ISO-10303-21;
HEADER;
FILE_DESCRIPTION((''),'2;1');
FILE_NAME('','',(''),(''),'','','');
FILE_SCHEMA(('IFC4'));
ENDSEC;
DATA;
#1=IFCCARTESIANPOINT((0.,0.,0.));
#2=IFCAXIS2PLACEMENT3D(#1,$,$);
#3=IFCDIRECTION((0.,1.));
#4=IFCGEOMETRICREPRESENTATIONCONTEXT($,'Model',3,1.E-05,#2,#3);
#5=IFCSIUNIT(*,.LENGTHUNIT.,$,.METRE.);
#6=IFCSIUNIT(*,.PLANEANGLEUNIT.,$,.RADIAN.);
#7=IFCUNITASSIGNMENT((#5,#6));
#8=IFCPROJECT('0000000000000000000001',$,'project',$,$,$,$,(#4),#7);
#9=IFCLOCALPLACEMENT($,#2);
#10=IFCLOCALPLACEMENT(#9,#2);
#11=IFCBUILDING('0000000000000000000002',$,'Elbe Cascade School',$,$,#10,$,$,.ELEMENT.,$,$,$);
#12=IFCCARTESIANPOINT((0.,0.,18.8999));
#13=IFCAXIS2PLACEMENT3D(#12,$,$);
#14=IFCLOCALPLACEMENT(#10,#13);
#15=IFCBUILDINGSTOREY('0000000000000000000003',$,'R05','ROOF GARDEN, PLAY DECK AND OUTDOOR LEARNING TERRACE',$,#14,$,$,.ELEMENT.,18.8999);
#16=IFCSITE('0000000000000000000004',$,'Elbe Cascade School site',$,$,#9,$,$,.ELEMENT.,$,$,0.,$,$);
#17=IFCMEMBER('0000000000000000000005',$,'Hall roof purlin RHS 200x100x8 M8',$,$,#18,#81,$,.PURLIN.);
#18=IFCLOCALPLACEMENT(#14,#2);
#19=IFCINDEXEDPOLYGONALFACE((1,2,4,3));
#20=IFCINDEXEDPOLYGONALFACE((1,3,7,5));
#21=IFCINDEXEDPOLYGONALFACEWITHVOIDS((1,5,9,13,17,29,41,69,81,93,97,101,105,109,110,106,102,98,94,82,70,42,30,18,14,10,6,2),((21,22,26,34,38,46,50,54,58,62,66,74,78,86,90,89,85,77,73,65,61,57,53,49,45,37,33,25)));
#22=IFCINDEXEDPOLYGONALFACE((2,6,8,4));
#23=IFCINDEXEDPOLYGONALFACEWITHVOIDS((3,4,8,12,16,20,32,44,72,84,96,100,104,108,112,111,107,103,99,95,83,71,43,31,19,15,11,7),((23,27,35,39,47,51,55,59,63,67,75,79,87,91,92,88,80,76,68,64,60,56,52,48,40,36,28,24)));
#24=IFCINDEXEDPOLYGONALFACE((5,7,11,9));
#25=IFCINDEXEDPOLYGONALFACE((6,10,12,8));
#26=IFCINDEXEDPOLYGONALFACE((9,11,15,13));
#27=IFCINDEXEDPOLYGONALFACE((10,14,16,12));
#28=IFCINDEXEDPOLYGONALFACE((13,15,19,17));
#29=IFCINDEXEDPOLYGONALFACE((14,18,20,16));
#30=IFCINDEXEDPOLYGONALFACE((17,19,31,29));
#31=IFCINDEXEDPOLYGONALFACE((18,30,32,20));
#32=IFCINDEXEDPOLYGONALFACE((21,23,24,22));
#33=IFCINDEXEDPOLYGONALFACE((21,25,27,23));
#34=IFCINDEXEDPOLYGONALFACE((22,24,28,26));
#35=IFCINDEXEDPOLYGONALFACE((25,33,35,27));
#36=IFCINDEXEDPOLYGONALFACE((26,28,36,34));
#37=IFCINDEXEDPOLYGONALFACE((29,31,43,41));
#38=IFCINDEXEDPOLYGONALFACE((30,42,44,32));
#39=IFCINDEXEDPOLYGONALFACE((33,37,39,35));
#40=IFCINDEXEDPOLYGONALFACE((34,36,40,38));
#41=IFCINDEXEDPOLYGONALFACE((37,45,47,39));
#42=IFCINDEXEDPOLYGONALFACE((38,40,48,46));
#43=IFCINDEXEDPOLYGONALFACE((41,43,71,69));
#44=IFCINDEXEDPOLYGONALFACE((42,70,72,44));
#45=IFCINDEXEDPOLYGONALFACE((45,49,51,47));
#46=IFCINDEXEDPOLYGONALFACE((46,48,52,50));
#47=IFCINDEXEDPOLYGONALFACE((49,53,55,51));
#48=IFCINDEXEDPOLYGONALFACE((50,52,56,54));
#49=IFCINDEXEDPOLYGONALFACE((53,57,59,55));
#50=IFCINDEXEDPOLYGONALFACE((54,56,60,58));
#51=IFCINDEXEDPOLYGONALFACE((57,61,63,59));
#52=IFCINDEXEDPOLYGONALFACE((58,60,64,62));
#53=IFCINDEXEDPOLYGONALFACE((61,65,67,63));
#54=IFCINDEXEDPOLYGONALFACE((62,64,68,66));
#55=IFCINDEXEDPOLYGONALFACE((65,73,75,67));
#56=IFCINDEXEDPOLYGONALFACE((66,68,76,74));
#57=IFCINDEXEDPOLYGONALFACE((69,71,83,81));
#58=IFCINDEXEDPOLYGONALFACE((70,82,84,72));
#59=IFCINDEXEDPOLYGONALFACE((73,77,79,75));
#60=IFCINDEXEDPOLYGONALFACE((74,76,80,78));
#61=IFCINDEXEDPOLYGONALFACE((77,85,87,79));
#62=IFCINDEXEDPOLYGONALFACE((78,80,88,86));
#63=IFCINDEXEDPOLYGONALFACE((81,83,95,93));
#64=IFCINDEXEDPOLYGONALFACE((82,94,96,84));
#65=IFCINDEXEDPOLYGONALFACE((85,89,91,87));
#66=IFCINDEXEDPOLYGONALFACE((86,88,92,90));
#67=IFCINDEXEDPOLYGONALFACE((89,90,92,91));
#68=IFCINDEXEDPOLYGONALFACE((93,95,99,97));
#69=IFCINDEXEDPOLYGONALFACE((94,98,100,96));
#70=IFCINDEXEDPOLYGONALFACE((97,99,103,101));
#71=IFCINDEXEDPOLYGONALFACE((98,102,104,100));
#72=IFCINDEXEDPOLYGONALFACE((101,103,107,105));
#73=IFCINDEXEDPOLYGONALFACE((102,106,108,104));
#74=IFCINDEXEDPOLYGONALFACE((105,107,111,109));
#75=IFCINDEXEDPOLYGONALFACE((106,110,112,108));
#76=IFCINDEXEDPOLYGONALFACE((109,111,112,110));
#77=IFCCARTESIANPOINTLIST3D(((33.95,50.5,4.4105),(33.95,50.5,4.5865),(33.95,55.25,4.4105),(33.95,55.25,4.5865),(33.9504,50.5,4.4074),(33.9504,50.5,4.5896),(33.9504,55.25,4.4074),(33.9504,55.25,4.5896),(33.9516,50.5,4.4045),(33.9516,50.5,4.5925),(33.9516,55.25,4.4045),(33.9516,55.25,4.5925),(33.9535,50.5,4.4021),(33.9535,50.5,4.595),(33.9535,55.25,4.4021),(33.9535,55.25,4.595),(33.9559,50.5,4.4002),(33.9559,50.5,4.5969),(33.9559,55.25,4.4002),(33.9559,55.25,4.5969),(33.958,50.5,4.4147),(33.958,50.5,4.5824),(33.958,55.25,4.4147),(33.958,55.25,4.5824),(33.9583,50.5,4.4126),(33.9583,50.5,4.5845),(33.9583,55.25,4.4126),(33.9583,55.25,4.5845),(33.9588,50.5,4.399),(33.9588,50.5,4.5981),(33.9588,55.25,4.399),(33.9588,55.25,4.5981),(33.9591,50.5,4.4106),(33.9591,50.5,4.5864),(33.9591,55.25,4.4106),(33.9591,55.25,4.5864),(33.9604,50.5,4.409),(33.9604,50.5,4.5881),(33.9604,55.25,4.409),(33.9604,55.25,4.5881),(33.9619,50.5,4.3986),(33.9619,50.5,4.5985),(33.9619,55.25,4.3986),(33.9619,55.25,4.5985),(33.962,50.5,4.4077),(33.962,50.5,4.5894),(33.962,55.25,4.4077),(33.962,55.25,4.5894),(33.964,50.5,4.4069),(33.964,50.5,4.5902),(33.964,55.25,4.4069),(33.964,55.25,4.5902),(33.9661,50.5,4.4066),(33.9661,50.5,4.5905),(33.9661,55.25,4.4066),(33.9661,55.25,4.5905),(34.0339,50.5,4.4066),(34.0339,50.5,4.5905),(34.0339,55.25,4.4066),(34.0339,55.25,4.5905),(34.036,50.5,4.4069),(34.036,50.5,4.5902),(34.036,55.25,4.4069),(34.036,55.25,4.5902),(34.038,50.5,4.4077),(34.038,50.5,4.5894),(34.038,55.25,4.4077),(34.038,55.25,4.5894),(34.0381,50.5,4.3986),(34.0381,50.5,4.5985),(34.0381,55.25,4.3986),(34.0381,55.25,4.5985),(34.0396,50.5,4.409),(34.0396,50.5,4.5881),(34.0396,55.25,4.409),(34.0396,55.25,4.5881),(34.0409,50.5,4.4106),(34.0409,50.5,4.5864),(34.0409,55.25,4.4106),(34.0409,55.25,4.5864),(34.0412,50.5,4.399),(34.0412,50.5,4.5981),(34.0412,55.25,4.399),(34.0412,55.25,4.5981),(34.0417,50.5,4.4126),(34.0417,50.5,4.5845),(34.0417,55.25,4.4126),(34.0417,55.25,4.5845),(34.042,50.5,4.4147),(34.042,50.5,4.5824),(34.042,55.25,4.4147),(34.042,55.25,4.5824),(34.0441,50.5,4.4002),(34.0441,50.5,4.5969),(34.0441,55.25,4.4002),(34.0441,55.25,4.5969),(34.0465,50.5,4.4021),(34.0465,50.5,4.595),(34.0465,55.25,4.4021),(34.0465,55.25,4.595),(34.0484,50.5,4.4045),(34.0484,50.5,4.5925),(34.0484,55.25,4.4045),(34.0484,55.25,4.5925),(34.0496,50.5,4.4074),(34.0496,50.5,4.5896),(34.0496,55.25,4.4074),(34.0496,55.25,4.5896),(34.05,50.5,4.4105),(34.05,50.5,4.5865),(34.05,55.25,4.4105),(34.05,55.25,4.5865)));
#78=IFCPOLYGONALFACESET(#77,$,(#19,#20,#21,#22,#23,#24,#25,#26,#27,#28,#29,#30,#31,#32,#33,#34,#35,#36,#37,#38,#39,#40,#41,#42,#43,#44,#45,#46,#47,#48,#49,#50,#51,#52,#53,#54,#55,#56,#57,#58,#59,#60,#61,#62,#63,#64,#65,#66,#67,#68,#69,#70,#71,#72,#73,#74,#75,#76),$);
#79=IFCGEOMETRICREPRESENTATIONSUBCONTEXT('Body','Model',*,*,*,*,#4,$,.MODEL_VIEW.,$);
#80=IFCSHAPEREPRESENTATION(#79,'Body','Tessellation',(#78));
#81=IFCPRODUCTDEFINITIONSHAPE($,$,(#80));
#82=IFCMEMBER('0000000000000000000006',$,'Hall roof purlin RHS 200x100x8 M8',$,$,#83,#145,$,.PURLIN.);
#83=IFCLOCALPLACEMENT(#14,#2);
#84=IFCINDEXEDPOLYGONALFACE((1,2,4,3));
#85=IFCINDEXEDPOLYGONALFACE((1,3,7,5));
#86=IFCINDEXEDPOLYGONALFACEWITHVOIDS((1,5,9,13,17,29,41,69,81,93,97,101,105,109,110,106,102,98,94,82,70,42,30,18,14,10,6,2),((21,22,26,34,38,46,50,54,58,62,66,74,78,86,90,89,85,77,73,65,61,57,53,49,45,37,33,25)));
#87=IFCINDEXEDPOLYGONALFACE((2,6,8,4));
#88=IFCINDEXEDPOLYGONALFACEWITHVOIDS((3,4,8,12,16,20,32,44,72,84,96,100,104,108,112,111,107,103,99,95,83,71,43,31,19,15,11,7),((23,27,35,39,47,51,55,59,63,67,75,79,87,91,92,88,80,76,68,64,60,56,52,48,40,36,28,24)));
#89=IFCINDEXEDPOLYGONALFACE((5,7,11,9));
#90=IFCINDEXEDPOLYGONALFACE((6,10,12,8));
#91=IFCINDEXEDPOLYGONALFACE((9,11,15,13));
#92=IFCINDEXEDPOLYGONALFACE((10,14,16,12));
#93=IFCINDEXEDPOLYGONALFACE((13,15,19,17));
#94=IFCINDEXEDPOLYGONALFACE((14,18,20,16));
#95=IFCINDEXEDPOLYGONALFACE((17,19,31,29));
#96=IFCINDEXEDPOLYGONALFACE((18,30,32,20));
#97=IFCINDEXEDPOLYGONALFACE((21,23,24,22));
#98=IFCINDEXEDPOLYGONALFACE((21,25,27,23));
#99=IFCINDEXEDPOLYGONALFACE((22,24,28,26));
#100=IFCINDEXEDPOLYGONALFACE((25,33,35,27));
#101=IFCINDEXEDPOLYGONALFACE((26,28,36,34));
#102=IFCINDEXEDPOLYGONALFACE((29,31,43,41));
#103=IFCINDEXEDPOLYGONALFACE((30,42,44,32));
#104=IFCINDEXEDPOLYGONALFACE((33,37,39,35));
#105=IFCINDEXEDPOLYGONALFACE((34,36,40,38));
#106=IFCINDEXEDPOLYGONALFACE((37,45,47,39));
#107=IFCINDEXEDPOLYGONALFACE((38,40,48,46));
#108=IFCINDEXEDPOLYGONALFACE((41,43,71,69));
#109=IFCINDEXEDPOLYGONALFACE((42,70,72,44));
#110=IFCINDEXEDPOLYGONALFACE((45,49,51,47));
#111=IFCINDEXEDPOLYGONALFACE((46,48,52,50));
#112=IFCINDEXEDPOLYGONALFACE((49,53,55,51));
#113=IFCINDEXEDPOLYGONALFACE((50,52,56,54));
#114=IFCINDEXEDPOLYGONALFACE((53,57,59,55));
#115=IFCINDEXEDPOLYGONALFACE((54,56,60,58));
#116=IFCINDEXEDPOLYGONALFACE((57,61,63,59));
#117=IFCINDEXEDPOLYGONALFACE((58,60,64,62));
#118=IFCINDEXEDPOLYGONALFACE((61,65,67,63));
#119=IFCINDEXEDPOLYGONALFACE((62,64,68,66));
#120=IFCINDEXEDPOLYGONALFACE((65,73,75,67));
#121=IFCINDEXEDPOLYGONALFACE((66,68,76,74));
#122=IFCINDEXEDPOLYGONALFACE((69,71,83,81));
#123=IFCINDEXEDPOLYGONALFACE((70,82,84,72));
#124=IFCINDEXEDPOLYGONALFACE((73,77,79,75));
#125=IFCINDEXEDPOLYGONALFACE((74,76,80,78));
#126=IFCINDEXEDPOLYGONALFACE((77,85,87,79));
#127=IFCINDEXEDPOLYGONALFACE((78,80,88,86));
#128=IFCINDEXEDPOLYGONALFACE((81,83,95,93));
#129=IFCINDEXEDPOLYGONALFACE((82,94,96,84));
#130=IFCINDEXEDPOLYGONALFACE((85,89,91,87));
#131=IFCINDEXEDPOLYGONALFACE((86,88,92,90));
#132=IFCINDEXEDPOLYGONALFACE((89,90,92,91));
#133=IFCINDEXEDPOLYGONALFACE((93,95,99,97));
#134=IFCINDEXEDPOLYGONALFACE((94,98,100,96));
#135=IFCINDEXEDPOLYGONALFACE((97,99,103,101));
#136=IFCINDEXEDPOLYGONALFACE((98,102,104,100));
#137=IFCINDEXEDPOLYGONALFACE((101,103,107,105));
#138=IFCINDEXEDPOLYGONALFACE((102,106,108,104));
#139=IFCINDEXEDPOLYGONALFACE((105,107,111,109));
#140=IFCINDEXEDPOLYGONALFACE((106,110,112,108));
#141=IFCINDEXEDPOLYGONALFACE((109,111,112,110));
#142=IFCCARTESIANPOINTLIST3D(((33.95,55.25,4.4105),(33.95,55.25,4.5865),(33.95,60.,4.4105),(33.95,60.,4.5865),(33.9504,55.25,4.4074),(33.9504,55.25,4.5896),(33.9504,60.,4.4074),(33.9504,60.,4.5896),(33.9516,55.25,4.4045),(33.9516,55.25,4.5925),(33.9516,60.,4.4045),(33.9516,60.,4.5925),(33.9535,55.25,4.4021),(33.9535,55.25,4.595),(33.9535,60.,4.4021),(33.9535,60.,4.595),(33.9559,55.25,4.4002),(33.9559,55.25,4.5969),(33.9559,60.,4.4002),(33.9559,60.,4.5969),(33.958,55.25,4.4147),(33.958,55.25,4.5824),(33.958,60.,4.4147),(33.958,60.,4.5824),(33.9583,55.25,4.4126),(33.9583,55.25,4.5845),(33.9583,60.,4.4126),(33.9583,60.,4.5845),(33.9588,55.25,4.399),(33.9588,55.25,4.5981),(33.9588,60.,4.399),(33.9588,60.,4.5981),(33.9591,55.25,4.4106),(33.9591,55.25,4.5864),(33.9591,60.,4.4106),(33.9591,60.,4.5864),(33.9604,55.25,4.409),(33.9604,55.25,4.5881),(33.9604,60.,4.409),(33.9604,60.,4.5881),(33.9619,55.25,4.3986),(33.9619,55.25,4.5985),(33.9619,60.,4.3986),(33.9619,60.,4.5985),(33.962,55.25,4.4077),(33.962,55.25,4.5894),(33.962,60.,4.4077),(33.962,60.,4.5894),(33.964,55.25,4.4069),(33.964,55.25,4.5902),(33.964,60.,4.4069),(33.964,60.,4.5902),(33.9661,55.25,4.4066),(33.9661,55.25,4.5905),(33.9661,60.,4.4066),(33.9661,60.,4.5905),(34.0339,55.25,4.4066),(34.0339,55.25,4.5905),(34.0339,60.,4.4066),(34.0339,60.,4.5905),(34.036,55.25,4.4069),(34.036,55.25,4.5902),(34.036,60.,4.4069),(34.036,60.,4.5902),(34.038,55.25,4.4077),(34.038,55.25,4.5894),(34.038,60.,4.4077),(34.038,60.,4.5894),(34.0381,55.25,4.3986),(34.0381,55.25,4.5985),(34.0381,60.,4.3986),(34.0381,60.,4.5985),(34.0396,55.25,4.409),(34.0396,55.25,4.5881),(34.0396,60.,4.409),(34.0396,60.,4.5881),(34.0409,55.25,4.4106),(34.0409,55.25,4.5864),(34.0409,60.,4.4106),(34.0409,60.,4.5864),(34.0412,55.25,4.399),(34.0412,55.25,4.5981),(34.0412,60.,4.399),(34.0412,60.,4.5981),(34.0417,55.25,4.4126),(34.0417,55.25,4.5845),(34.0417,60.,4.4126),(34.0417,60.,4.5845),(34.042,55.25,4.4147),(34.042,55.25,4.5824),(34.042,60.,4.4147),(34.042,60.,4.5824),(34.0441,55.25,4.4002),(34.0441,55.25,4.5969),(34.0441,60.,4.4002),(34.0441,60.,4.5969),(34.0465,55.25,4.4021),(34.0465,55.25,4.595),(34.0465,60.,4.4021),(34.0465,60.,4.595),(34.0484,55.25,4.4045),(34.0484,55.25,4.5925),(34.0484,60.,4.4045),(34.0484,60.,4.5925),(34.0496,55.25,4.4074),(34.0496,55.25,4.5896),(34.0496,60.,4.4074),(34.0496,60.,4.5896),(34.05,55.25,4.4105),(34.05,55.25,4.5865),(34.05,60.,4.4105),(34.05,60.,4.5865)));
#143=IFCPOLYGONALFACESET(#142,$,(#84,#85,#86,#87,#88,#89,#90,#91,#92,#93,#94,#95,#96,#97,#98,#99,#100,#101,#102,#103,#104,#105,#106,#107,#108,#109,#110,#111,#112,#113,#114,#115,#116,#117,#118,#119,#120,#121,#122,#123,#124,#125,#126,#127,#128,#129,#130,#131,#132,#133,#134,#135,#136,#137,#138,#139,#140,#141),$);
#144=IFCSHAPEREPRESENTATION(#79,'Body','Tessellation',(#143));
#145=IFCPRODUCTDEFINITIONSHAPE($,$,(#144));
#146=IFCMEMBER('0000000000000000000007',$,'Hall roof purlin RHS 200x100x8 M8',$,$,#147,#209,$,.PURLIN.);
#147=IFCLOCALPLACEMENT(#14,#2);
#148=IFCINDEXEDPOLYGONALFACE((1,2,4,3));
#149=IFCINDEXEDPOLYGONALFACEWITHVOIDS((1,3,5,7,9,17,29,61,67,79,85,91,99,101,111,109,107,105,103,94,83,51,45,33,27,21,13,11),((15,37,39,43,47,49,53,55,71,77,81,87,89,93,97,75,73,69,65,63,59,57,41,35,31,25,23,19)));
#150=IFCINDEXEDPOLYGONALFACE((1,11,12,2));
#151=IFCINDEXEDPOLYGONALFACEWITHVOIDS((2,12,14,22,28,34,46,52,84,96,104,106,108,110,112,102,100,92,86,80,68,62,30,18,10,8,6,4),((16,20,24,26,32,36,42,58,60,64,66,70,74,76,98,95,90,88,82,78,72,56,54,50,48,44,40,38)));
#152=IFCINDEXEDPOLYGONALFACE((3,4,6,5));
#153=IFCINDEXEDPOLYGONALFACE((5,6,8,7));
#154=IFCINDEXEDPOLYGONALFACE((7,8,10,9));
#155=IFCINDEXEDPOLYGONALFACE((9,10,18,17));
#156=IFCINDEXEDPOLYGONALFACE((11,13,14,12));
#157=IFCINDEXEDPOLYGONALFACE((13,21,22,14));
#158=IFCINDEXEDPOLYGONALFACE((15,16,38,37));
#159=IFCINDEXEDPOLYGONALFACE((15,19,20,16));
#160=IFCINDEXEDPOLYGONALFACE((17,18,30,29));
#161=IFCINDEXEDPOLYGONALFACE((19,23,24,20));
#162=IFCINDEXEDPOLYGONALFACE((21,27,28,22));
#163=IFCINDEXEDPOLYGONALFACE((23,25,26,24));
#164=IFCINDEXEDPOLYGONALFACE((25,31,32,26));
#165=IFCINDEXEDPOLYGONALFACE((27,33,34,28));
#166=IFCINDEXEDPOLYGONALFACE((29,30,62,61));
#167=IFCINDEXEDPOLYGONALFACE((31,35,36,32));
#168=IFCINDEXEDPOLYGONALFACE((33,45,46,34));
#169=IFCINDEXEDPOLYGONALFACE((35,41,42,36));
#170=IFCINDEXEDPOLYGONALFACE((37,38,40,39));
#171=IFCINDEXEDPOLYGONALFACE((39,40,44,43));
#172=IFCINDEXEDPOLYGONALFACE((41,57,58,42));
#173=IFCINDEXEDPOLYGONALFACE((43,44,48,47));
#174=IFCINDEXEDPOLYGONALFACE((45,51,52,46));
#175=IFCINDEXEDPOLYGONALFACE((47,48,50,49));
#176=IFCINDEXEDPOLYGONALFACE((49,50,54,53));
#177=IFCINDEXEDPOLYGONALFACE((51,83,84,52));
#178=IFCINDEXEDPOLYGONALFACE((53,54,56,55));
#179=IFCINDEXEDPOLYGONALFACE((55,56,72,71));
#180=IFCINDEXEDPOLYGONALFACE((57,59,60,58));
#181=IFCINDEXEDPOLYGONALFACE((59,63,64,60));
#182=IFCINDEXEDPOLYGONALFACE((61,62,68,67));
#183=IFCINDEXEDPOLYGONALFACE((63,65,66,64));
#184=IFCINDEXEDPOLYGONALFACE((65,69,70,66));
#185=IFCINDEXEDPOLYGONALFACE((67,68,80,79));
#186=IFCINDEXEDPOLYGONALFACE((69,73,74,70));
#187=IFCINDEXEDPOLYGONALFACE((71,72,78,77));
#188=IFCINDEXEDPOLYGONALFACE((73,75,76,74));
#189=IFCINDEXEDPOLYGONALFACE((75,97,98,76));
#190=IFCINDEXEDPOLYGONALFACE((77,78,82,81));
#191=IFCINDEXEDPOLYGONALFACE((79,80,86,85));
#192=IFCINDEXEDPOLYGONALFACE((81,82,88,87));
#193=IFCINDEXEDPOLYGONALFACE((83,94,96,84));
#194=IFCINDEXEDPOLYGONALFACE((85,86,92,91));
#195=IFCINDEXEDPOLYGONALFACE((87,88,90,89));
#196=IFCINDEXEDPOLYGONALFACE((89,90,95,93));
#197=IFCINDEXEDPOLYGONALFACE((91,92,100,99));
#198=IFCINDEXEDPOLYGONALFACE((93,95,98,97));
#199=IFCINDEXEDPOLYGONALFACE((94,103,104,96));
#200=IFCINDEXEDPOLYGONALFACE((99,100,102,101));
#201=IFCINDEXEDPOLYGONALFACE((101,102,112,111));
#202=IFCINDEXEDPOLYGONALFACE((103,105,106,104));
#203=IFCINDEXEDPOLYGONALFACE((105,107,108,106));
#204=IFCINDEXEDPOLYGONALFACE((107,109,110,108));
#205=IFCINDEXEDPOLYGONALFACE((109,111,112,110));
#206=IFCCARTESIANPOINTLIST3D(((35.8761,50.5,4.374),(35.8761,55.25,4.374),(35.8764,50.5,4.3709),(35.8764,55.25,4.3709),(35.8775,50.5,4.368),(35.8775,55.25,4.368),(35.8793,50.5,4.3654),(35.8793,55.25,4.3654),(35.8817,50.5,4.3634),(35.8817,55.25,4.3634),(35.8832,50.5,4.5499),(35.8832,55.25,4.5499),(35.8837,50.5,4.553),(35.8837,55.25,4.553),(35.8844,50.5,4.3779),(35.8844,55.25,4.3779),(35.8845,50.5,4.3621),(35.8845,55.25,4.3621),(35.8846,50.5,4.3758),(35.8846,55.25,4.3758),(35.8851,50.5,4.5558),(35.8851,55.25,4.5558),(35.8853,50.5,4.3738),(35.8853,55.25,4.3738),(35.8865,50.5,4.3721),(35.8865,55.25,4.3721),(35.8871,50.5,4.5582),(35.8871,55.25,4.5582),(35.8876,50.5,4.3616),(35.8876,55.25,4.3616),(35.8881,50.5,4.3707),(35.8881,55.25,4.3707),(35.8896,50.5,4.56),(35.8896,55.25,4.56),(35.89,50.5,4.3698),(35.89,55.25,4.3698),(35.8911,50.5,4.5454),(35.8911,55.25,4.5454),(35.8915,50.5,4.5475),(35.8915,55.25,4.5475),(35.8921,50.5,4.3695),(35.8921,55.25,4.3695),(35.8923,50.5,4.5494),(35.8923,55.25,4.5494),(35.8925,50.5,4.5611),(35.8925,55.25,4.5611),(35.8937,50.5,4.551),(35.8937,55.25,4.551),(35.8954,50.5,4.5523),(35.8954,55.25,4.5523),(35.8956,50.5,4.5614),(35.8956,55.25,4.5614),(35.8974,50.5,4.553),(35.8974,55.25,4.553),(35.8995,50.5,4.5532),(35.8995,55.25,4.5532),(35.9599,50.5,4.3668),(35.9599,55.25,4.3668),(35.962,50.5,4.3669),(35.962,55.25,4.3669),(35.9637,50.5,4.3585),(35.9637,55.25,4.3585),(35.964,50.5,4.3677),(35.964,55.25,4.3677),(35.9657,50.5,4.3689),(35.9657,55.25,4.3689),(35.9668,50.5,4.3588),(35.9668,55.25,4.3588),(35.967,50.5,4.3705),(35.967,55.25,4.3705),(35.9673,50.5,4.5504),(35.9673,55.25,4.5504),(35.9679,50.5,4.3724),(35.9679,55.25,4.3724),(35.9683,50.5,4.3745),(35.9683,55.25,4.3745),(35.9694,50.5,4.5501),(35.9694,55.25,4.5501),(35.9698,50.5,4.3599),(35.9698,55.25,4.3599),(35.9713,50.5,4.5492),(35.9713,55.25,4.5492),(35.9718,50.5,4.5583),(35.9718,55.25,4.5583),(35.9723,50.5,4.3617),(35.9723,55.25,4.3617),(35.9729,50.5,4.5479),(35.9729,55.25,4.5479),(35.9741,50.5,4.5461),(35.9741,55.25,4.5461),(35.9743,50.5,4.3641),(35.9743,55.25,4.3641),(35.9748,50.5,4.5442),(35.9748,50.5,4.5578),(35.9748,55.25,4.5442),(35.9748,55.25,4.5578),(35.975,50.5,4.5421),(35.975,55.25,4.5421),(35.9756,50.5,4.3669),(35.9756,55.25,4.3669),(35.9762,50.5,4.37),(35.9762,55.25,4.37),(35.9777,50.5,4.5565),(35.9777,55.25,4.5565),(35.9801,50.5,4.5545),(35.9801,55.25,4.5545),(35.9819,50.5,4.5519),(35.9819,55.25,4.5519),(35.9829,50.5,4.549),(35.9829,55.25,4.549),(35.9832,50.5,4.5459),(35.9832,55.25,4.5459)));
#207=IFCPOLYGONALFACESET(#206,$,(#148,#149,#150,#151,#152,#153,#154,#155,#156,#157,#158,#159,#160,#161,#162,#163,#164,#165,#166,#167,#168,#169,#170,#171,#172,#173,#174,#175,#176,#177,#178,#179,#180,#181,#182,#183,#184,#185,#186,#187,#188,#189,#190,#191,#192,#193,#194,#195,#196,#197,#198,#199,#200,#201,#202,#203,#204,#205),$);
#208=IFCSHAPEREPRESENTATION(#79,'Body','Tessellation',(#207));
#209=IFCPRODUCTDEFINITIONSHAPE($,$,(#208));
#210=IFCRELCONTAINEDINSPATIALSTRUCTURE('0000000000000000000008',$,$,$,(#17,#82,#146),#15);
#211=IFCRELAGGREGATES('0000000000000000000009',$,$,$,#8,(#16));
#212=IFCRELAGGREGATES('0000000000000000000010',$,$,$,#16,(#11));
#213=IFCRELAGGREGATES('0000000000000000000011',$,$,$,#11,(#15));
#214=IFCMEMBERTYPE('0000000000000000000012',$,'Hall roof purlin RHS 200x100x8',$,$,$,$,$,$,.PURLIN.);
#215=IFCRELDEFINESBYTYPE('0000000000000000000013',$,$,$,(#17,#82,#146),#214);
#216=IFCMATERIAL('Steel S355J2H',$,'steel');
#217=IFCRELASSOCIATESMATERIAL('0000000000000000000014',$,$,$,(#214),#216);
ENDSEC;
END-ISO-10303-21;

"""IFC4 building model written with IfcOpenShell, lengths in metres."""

from ifc_helpers import new_model, si_unit, direction, frame, origin, origin_2d, place, context, subcontext, project, spatial, hollow_rectangle, extrude, material, material_profile, profile_set, type_object, element, save


model = new_model("IFC4")

# Units and contexts
model_context = context("Model", 3, precision=1e-05, world=origin(), true_north=direction((0.0, 1.0)))
body_context = subcontext(model_context, "Body", "Model", "MODEL_VIEW")
ifc_project = project(units=[si_unit("LENGTHUNIT", "METRE"), si_unit("PLANEANGLEUNIT", "RADIAN")], contexts=[model_context])

# Site, building, storey
site_placement = place(None, origin())
site = spatial("IfcSite", under=ifc_project, at=site_placement, Name="Elbe Cascade School site", CompositionType="ELEMENT", RefElevation=0.0)
building_placement = place(site_placement, origin())
building = spatial("IfcBuilding", under=site, at=building_placement, Name="Elbe Cascade School", CompositionType="ELEMENT")
storey_placement = place(building_placement, frame((0.0, 0.0, 18.8999)))
storey = spatial("IfcBuildingStorey", under=building, at=storey_placement, Name="R05", Description="ROOF GARDEN, PLAY DECK AND OUTDOOR LEARNING TERRACE", CompositionType="ELEMENT", Elevation=18.8999)

# Members
ifc_material_1 = material(Name="Steel S355J2H", Category="steel")
ifc_material_profile_1 = material_profile(ifc_material_1, hollow_rectangle(XDim=0.1001, YDim=0.2, WallThickness=0.0081, InnerFilletRadius=0.0081, OuterFilletRadius=0.012, at=origin_2d()), Name="RHS 200x100x8")
ifc_profile_set_1 = profile_set([ifc_material_profile_1], Name="Steel S355J2H")
member_type_1 = type_object("IfcMemberType", Name="Hall roof purlin RHS 200x100x8", PredefinedType="PURLIN", material=ifc_profile_set_1)
for number, where, z_axis, x_axis, name in (
    (1, (34.0, 50.5, 4.4985), (0.0, 1.0, 0.0), (-1.0, 0.0, 0.0), "Hall roof purlin RHS 200x100x8 M8"),
    (2, (34.0, 55.25, 4.4985), (0.0, 1.0, 0.0), (-1.0, 0.0, 0.0), "Hall roof purlin RHS 200x100x8 M8"),
    (3, (35.9297, 50.5, 4.46), (0.0, 1.0, 0.0), (-0.999193, 0.0, 0.040154), "Hall roof purlin RHS 200x100x8 M8"),
):
    element("IfcMember", number, at=place(storey_placement, frame(where, z_axis=z_axis, x_axis=x_axis)), inside=storey, type_object=member_type_1, Name=name, PredefinedType="PURLIN", context=body_context, shape_type="SweptSolid", body=[
        extrude(hollow_rectangle(XDim=0.1001, YDim=0.2, WallThickness=0.0081, InnerFilletRadius=0.0081, OuterFilletRadius=0.012, at=origin_2d()), origin(), (0.0, 0.0, 1.0), 4.75),
    ])

save(model, "model.ifc")
